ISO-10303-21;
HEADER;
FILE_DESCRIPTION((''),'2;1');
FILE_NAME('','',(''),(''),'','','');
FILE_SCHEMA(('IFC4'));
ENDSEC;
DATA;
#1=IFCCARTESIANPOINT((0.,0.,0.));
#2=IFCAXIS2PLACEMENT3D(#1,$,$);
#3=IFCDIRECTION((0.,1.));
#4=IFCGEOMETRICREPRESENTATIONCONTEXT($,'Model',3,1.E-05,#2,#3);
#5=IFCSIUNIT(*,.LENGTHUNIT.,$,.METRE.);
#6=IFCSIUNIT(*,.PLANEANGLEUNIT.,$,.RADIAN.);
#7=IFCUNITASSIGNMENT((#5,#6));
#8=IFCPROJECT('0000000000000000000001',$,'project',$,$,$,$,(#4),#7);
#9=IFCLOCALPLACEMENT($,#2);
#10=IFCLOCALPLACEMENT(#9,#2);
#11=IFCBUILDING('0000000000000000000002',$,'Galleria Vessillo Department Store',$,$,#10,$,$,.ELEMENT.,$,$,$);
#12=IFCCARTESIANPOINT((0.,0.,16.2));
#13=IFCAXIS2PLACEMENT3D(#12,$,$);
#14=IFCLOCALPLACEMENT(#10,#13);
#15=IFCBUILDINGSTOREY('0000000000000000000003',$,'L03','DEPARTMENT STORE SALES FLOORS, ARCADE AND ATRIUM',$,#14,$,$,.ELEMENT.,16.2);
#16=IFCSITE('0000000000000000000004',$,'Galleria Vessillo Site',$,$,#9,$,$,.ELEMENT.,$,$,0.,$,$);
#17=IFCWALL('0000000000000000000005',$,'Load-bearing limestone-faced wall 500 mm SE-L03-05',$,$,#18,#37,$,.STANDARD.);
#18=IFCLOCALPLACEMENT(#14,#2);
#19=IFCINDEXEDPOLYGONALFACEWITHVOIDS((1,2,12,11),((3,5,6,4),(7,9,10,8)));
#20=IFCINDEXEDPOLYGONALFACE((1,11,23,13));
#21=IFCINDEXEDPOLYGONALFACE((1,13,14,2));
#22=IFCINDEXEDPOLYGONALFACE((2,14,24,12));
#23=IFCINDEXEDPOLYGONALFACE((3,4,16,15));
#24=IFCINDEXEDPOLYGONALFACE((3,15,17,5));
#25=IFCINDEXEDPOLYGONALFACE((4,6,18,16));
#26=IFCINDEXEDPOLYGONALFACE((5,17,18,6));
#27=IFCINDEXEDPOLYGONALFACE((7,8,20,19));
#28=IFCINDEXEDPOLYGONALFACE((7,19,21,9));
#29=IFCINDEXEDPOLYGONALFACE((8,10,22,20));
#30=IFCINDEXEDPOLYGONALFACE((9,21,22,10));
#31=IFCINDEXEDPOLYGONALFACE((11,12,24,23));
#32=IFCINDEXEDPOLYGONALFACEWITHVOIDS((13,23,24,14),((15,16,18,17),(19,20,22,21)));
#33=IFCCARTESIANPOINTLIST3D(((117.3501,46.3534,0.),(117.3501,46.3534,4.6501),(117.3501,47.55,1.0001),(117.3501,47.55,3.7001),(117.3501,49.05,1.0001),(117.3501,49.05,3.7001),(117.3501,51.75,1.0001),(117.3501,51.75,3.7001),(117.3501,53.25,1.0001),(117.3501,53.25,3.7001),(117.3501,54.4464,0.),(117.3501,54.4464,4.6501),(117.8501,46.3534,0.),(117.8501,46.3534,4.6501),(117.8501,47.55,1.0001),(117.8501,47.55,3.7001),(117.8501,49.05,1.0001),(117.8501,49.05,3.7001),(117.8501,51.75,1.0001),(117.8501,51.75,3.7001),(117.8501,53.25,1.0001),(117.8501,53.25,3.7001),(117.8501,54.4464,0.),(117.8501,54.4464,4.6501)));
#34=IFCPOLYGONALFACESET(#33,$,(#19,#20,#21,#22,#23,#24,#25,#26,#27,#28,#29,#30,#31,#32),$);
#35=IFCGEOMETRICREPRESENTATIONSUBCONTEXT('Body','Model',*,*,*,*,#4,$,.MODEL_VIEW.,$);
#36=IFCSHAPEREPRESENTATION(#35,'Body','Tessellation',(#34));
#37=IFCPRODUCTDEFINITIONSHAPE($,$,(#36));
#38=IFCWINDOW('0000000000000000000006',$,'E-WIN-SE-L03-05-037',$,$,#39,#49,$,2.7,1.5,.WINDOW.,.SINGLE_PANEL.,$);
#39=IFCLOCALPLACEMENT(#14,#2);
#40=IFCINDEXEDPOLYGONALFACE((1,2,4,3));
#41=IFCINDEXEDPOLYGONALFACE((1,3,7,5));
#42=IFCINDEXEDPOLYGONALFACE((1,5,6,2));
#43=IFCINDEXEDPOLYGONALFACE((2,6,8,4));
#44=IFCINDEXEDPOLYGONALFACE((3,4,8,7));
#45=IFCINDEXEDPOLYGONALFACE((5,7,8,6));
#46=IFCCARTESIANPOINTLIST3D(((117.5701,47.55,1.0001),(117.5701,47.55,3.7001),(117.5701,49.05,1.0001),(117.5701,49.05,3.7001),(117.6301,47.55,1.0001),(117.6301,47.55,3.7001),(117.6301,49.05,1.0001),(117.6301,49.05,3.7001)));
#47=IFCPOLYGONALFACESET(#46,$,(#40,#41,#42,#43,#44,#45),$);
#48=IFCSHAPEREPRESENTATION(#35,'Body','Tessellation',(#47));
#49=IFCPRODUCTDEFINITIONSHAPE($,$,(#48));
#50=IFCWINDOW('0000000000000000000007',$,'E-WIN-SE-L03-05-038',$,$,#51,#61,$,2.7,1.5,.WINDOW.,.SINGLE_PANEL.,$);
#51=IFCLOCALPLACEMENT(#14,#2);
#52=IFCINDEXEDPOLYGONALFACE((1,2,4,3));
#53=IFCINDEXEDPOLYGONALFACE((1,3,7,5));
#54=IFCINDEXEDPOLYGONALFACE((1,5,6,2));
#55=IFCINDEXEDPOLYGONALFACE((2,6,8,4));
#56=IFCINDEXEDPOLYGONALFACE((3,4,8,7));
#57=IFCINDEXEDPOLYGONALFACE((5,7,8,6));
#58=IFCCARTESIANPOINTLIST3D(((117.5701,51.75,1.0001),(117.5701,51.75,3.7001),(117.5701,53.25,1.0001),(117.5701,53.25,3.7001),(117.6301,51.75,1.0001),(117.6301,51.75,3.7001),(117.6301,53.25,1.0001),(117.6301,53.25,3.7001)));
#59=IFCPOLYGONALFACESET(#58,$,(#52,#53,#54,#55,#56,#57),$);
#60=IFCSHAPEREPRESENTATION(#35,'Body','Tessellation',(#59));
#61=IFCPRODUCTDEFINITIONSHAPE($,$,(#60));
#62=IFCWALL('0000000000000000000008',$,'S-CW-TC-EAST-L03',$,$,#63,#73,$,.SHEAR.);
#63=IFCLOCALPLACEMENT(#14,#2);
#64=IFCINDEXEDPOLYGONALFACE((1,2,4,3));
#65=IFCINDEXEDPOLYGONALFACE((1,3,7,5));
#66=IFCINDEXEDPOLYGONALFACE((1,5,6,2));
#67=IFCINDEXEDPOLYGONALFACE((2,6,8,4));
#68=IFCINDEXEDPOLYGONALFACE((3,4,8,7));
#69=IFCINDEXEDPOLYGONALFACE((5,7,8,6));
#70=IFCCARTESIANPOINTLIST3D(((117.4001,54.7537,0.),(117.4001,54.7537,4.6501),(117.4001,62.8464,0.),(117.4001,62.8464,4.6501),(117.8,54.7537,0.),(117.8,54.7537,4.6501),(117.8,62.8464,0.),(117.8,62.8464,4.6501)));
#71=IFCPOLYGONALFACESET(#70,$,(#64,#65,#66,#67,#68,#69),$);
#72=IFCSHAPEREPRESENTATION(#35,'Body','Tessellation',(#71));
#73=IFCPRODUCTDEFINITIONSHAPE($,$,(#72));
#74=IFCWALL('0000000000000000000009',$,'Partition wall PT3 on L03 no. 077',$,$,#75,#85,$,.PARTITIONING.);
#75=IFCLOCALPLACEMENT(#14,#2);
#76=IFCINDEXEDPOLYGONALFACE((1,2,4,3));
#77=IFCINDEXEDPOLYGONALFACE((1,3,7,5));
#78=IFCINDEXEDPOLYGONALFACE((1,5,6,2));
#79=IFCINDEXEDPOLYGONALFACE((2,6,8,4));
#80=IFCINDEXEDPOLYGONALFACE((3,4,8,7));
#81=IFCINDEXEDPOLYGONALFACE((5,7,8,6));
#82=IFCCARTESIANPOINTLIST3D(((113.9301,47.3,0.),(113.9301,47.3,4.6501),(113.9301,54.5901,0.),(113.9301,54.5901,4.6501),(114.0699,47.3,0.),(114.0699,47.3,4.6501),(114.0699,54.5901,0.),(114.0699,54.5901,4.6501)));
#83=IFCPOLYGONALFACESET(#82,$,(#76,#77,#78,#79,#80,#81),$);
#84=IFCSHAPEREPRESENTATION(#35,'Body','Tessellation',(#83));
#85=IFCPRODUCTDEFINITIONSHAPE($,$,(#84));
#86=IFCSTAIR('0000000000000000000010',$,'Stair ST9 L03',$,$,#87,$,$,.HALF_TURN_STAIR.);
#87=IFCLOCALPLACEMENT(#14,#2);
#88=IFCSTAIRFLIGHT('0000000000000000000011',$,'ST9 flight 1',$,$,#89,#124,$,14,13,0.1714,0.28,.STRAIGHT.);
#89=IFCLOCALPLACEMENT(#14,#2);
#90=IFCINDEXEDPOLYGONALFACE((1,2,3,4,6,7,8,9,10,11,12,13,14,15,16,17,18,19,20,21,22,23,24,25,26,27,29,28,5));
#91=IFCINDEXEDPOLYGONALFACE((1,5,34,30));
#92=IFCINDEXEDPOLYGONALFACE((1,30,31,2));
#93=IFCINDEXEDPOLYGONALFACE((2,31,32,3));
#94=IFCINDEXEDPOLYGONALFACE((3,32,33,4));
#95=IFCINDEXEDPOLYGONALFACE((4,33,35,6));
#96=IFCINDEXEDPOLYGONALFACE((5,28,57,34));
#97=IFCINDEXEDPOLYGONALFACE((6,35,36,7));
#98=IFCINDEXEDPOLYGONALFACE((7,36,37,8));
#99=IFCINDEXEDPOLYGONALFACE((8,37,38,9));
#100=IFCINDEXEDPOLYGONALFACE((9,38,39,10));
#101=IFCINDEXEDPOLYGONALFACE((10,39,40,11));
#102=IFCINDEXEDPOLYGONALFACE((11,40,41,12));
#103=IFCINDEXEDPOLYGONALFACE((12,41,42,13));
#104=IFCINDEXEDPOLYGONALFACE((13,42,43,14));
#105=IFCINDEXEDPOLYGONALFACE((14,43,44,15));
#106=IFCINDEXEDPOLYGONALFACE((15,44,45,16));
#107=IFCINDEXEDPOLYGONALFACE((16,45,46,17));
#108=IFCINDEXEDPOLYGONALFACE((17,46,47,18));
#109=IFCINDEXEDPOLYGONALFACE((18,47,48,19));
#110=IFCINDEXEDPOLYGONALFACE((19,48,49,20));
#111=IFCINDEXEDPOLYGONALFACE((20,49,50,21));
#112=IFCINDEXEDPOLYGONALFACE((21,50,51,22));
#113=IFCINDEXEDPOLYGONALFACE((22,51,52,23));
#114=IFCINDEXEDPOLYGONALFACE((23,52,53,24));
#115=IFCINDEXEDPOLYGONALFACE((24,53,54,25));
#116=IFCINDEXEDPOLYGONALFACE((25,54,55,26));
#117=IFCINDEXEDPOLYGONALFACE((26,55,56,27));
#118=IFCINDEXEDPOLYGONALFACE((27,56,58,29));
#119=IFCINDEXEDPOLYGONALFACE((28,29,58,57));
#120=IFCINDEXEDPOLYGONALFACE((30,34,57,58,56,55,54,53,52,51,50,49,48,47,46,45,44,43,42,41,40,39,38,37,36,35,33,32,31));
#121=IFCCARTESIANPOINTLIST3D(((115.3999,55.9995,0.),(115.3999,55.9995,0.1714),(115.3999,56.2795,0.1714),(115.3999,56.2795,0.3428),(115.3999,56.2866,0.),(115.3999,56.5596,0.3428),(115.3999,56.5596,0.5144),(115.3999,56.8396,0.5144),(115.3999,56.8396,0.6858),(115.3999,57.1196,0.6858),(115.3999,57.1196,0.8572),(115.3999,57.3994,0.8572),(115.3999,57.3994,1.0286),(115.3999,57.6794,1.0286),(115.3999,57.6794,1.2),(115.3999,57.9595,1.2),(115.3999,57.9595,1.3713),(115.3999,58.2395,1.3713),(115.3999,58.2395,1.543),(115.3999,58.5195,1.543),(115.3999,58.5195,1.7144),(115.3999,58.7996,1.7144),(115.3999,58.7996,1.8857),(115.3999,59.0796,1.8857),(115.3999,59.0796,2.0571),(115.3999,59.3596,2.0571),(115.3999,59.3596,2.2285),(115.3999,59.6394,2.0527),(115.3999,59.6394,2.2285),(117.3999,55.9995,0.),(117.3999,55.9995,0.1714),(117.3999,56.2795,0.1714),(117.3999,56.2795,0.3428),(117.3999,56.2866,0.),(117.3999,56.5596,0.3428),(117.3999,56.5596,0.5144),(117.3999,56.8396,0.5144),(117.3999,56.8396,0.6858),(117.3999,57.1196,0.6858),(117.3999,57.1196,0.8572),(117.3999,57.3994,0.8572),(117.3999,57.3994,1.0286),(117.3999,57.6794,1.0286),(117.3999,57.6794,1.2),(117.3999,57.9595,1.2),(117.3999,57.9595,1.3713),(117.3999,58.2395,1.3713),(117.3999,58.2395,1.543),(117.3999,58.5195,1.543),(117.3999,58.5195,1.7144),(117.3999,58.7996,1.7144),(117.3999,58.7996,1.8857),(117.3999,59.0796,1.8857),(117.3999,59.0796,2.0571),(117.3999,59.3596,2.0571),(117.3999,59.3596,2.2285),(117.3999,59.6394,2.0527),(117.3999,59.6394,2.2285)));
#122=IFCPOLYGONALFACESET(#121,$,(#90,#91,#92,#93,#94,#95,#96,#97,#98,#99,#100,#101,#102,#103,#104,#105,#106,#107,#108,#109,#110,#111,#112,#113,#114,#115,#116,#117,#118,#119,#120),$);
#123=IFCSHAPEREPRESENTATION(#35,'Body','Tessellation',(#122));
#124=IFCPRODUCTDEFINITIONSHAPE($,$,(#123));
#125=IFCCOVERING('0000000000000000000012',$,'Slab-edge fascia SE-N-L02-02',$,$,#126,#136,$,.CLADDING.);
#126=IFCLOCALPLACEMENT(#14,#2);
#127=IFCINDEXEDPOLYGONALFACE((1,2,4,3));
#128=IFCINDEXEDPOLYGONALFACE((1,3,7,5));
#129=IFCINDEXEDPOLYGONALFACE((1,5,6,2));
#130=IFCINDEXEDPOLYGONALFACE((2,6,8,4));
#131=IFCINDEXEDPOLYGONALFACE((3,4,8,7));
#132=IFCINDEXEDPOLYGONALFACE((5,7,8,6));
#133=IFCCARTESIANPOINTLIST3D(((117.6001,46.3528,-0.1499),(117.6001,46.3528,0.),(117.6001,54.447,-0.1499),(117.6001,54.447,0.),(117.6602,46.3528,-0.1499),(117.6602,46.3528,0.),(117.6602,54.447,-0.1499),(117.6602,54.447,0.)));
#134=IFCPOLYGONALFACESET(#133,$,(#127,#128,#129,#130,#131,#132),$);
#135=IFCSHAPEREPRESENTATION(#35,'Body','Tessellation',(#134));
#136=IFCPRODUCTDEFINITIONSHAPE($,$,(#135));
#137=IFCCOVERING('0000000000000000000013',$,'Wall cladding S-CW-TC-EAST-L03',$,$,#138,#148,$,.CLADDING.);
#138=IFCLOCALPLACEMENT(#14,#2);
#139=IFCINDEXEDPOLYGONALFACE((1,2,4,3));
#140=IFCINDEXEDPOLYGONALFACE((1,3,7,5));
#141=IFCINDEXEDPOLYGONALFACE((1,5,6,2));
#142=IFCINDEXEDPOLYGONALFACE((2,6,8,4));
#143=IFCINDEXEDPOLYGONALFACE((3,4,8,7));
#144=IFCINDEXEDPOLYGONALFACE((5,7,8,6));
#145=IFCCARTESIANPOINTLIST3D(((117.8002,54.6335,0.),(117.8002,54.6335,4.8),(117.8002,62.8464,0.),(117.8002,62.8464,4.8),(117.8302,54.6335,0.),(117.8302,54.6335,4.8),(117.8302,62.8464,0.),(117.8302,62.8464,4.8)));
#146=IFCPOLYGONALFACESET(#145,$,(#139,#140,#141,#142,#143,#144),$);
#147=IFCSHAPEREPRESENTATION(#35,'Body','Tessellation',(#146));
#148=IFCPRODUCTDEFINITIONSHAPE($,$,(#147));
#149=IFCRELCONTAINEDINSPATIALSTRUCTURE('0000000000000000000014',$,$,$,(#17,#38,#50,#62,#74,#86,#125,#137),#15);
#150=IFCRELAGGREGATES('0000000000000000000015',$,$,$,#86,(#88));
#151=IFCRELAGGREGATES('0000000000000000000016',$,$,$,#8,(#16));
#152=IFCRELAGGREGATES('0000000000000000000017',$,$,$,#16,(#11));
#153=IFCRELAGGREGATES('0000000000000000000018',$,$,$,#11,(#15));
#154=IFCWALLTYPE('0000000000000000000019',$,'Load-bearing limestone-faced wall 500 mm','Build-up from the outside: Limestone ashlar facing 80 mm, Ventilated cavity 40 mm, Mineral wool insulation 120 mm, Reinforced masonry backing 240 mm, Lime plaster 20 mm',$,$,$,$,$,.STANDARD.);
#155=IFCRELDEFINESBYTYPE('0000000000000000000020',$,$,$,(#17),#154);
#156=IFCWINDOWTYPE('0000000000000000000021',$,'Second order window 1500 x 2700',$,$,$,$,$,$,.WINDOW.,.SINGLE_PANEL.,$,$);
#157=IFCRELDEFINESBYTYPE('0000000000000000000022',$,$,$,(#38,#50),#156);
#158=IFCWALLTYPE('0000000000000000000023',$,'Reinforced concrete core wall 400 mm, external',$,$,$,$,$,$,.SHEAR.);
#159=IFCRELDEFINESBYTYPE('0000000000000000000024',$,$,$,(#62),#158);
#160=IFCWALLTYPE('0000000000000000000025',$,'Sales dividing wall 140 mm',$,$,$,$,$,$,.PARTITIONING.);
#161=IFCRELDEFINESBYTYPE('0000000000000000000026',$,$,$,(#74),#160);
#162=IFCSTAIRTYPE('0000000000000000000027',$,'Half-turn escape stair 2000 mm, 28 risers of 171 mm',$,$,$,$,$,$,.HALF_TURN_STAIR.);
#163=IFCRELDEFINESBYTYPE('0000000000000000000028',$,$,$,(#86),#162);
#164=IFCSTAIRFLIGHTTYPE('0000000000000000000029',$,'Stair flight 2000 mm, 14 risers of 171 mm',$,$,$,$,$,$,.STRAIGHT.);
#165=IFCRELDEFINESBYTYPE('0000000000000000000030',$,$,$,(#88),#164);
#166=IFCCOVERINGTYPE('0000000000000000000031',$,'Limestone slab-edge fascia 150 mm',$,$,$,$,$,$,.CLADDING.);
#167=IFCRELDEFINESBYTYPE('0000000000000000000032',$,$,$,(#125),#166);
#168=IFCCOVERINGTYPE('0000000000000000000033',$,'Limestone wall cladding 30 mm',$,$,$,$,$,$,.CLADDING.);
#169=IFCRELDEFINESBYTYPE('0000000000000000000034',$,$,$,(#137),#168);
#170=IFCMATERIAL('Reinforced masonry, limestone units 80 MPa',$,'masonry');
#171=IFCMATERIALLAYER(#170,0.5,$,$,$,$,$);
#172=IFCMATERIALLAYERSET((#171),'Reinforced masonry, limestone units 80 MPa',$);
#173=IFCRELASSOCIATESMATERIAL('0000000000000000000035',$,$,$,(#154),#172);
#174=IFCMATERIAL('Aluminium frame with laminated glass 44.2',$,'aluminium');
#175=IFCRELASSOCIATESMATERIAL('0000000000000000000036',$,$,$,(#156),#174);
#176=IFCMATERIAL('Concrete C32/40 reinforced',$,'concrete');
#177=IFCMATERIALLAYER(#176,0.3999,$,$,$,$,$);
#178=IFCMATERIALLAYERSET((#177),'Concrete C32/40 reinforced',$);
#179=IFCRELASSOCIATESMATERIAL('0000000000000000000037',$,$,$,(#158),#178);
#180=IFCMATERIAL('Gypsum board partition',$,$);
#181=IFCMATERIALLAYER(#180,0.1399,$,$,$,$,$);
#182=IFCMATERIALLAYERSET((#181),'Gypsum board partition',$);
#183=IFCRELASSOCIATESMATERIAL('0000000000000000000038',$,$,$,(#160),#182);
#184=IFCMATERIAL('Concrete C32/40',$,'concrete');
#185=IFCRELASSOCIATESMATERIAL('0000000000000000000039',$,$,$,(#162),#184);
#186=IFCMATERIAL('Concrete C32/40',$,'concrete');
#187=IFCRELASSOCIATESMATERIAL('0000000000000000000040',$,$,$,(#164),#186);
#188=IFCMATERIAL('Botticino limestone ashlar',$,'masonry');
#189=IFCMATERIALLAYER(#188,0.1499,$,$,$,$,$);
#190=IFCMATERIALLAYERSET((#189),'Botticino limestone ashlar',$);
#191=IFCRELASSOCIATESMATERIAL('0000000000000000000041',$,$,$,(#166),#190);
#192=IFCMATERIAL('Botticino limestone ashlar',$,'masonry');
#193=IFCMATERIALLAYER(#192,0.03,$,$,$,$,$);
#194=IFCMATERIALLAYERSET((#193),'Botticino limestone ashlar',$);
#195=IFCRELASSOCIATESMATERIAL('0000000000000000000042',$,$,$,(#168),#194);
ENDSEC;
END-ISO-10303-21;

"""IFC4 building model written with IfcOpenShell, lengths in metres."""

from ifc_helpers import new_model, si_unit, direction, frame, frame_2d, origin, origin_2d, place, context, subcontext, project, spatial, polyline, rectangle, outline, extrude, material, layer, layer_set, type_object, element, fill, aggregate, save


model = new_model("IFC4")

# Units and contexts
model_context = context("Model", 3, precision=1e-05, world=origin(), true_north=direction((0.0, 1.0)))
body_context = subcontext(model_context, "Body", "Model", "MODEL_VIEW")
ifc_project = project(units=[si_unit("LENGTHUNIT", "METRE"), si_unit("PLANEANGLEUNIT", "RADIAN")], contexts=[model_context])

# Site, building, storey
site_placement = place(None, origin())
site = spatial("IfcSite", under=ifc_project, at=site_placement, Name="Galleria Vessillo Site", CompositionType="ELEMENT", RefElevation=0.0)
building_placement = place(site_placement, origin())
building = spatial("IfcBuilding", under=site, at=building_placement, Name="Galleria Vessillo Department Store", CompositionType="ELEMENT")
storey_placement = place(building_placement, frame((0.0, 0.0, 16.2)))
storey = spatial("IfcBuildingStorey", under=building, at=storey_placement, Name="L03", Description="DEPARTMENT STORE SALES FLOORS, ARCADE AND ATRIUM", CompositionType="ELEMENT", Elevation=16.2)

# Wall, openings, windows
ifc_material_1 = material(Name="Reinforced masonry, limestone units 80 MPa", Category="masonry")
ifc_layer_1 = layer(ifc_material_1, 0.5)
ifc_layer_set_1 = layer_set([ifc_layer_1], Name="Reinforced masonry, limestone units 80 MPa")
wall_type_1 = type_object("IfcWallType", Name="Load-bearing limestone-faced wall 500 mm", Description="Build-up from the outside: Limestone ashlar facing 80 mm, Ventilated cavity 40 mm, Mineral wool insulation 120 mm, Reinforced masonry backing 240 mm, Lime plaster 20 mm", PredefinedType="STANDARD", material=ifc_layer_set_1)
wall_1_placement = place(storey_placement, frame((117.6001, 46.3535, 0.0), z_axis=(0.0, 0.0, 1.0), x_axis=(0.0, 1.0, 0.0)))
wall_1 = element("IfcWall", 1, at=wall_1_placement, inside=storey, type_object=wall_type_1, Name="Load-bearing limestone-faced wall 500 mm SE-L03-05", PredefinedType="STANDARD", context=body_context, shape_type="SweptSolid", body=[
    extrude(rectangle(XDim=8.093, YDim=0.5, at=frame_2d((4.0464, 0.0))), origin(), (0.0, 0.0, 1.0), 4.6501),
])
opening_1_placement = place(wall_1_placement, frame((1.1965, 0.0, 1.0)))
opening_1 = element("IfcOpeningElement", 2, at=opening_1_placement, cuts=wall_1, PredefinedType="OPENING", context=body_context, shape_type="SweptSolid", body=[
    extrude(rectangle(XDim=1.5, YDim=2.7, at=frame_2d((0.75, 1.3501))), frame((0.0, 0.26, 0.0), z_axis=(0.0, -1.0, 0.0), x_axis=(1.0, 0.0, 0.0)), (0.0, 0.0, 1.0), 0.52),
])
opening_2_placement = place(wall_1_placement, frame((5.3965, 0.0, 1.0)))
opening_2 = element("IfcOpeningElement", 3, at=opening_2_placement, cuts=wall_1, PredefinedType="OPENING", context=body_context, shape_type="SweptSolid", body=[
    extrude(rectangle(XDim=1.5, YDim=2.7, at=frame_2d((0.75, 1.3501))), frame((0.0, 0.26, 0.0), z_axis=(0.0, -1.0, 0.0), x_axis=(1.0, 0.0, 0.0)), (0.0, 0.0, 1.0), 0.52),
])
ifc_material_2 = material(Name="Aluminium frame with laminated glass 44.2", Category="aluminium")
window_type = type_object("IfcWindowType", Name="Second order window 1500 x 2700", PartitioningType="SINGLE_PANEL", PredefinedType="WINDOW", material=ifc_material_2)
window_1_placement = place(opening_1_placement, origin())
window_1 = element("IfcWindow", 4, at=window_1_placement, inside=storey, type_object=window_type, Name="E-WIN-SE-L03-05-037", OverallHeight=2.7, OverallWidth=1.5, PartitioningType="SINGLE_PANEL", PredefinedType="WINDOW", context=body_context, shape_type="SweptSolid", body=[
    extrude(rectangle(XDim=1.5, YDim=2.7, at=frame_2d((0.75, 1.3501))), frame((0.0, 0.03, 0.0), z_axis=(0.0, -1.0, 0.0), x_axis=(1.0, 0.0, 0.0)), (0.0, 0.0, 1.0), 0.0601),
])
fill(opening_1, window_1)
window_2_placement = place(opening_2_placement, origin())
window_2 = element("IfcWindow", 5, at=window_2_placement, inside=storey, type_object=window_type, Name="E-WIN-SE-L03-05-038", OverallHeight=2.7, OverallWidth=1.5, PartitioningType="SINGLE_PANEL", PredefinedType="WINDOW", context=body_context, shape_type="SweptSolid", body=[
    extrude(rectangle(XDim=1.5, YDim=2.7, at=frame_2d((0.75, 1.3501))), frame((0.0, 0.03, 0.0), z_axis=(0.0, -1.0, 0.0), x_axis=(1.0, 0.0, 0.0)), (0.0, 0.0, 1.0), 0.0601),
])
fill(opening_2, window_2)

# Walls
ifc_material_3 = material(Name="Concrete C32/40 reinforced", Category="concrete")
ifc_layer_2 = layer(ifc_material_3, 0.3999)
ifc_layer_set_2 = layer_set([ifc_layer_2], Name="Concrete C32/40 reinforced")
wall_type_2 = type_object("IfcWallType", Name="Reinforced concrete core wall 400 mm, external", PredefinedType="SHEAR", material=ifc_layer_set_2)
wall_2_placement = place(storey_placement, frame((117.6001, 54.7537, 0.0), z_axis=(0.0, 0.0, 1.0), x_axis=(0.0, 1.0, 0.0)))
element("IfcWall", 6, at=wall_2_placement, inside=storey, type_object=wall_type_2, Name="S-CW-TC-EAST-L03", PredefinedType="SHEAR", context=body_context, shape_type="SweptSolid", body=[
    extrude(rectangle(XDim=8.0928, YDim=0.3999, at=frame_2d((4.0464, 0.0))), origin(), (0.0, 0.0, 1.0), 4.6501),
])
ifc_material_4 = material(Name="Gypsum board partition")
ifc_layer_3 = layer(ifc_material_4, 0.1399)
ifc_layer_set_3 = layer_set([ifc_layer_3], Name="Gypsum board partition")
wall_type_3 = type_object("IfcWallType", Name="Sales dividing wall 140 mm", PredefinedType="PARTITIONING", material=ifc_layer_set_3)
wall_3_placement = place(storey_placement, frame((114.0, 47.3, 0.0), z_axis=(0.0, 0.0, 1.0), x_axis=(0.0, 1.0, 0.0)))
element("IfcWall", 7, at=wall_3_placement, inside=storey, type_object=wall_type_3, Name="Partition wall PT3 on L03 no. 077", PredefinedType="PARTITIONING", context=body_context, shape_type="SweptSolid", body=[
    extrude(rectangle(XDim=7.29, YDim=0.1399, at=frame_2d((3.645, 0.0))), origin(), (0.0, 0.0, 1.0), 4.6501),
])

# Stair, stair flight
ifc_material_5 = material(Name="Concrete C32/40", Category="concrete")
stair_type = type_object("IfcStairType", Name="Half-turn escape stair 2000 mm, 28 risers of 171 mm", PredefinedType="HALF_TURN_STAIR", material=ifc_material_5)
stair_placement = place(storey_placement, origin())
stair = element("IfcStair", 8, at=stair_placement, inside=storey, type_object=stair_type, Name="Stair ST9 L03", PredefinedType="HALF_TURN_STAIR")
ifc_material_6 = material(Name="Concrete C32/40", Category="concrete")
stair_flight_type = type_object("IfcStairFlightType", Name="Stair flight 2000 mm, 14 risers of 171 mm", PredefinedType="STRAIGHT", material=ifc_material_6)
stair_flight_placement = place(storey_placement, frame((116.3999, 55.9995, 0.0), z_axis=(0.0, 0.0, 1.0), x_axis=(0.0, 1.0, 0.0)))
stair_flight = element("IfcStairFlight", 9, at=stair_flight_placement, type_object=stair_flight_type, Name="ST9 flight 1", NumberOfRisers=14, NumberOfTreads=13, PredefinedType="STRAIGHT", RiserHeight=0.1714, TreadLength=0.28, context=body_context, shape_type="SweptSolid", body=[
    extrude(outline(polyline([(0.0, 0.0), (0.0, 0.1714), (0.28, 0.1714), (0.28, 0.3428), (0.5601, 0.3428), (0.5601, 0.5144), (0.8401, 0.5144), (0.8401, 0.6858), (1.1201, 0.6858), (1.1201, 0.8572), (1.3999, 0.8572), (1.3999, 1.0286), (1.6799, 1.0286), (1.6799, 1.2), (1.96, 1.2), (1.96, 1.3713), (2.24, 1.3713), (2.24, 1.543), (2.52, 1.543), (2.52, 1.7144), (2.8, 1.7144), (2.8, 1.8857), (3.0801, 1.8857), (3.0801, 2.0571), (3.3601, 2.0571), (3.3601, 2.2285), (3.6399, 2.2285), (3.6399, 2.3999), (3.6399, 2.0527), (0.2871, 0.0), (0.0, 0.0)])), frame((0.0, 1.0, 0.0), z_axis=(0.0, -1.0, 0.0), x_axis=(1.0, 0.0, 0.0)), (0.0, 0.0, 1.0), 2.0),
])
aggregate(stair, [stair_flight])

# Coverings
ifc_material_7 = material(Name="Botticino limestone ashlar", Category="masonry")
ifc_layer_4 = layer(ifc_material_7, 0.1499)
ifc_layer_set_4 = layer_set([ifc_layer_4], Name="Botticino limestone ashlar")
covering_type_1 = type_object("IfcCoveringType", Name="Limestone slab-edge fascia 150 mm", PredefinedType="CLADDING", material=ifc_layer_set_4)
covering_1_placement = place(storey_placement, frame((117.6301, 50.3999, -0.1499), z_axis=(0.0, 0.0, 1.0), x_axis=(1.0, 0.0, 0.0)))
element("IfcCovering", 10, at=covering_1_placement, inside=storey, type_object=covering_type_1, Name="Slab-edge fascia SE-N-L02-02", PredefinedType="CLADDING", context=body_context, shape_type="SweptSolid", body=[
    extrude(rectangle(XDim=0.0601, YDim=8.0942, at=origin_2d()), origin(), (0.0, 0.0, 1.0), 0.1499),
])
ifc_material_8 = material(Name="Botticino limestone ashlar", Category="masonry")
ifc_layer_5 = layer(ifc_material_8, 0.03)
ifc_layer_set_5 = layer_set([ifc_layer_5], Name="Botticino limestone ashlar")
covering_type_2 = type_object("IfcCoveringType", Name="Limestone wall cladding 30 mm", PredefinedType="CLADDING", material=ifc_layer_set_5)
covering_2_placement = place(storey_placement, frame((117.8152, 58.74, 0.0), z_axis=(0.0, 0.0, 1.0), x_axis=(1.0, 0.0, 0.0)))
element("IfcCovering", 11, at=covering_2_placement, inside=storey, type_object=covering_type_2, Name="Wall cladding S-CW-TC-EAST-L03", PredefinedType="CLADDING", context=body_context, shape_type="SweptSolid", body=[
    extrude(rectangle(XDim=0.03, YDim=8.2129, at=origin_2d()), origin(), (0.0, 0.0, 1.0), 4.8),
])

save(model, "model.ifc")
